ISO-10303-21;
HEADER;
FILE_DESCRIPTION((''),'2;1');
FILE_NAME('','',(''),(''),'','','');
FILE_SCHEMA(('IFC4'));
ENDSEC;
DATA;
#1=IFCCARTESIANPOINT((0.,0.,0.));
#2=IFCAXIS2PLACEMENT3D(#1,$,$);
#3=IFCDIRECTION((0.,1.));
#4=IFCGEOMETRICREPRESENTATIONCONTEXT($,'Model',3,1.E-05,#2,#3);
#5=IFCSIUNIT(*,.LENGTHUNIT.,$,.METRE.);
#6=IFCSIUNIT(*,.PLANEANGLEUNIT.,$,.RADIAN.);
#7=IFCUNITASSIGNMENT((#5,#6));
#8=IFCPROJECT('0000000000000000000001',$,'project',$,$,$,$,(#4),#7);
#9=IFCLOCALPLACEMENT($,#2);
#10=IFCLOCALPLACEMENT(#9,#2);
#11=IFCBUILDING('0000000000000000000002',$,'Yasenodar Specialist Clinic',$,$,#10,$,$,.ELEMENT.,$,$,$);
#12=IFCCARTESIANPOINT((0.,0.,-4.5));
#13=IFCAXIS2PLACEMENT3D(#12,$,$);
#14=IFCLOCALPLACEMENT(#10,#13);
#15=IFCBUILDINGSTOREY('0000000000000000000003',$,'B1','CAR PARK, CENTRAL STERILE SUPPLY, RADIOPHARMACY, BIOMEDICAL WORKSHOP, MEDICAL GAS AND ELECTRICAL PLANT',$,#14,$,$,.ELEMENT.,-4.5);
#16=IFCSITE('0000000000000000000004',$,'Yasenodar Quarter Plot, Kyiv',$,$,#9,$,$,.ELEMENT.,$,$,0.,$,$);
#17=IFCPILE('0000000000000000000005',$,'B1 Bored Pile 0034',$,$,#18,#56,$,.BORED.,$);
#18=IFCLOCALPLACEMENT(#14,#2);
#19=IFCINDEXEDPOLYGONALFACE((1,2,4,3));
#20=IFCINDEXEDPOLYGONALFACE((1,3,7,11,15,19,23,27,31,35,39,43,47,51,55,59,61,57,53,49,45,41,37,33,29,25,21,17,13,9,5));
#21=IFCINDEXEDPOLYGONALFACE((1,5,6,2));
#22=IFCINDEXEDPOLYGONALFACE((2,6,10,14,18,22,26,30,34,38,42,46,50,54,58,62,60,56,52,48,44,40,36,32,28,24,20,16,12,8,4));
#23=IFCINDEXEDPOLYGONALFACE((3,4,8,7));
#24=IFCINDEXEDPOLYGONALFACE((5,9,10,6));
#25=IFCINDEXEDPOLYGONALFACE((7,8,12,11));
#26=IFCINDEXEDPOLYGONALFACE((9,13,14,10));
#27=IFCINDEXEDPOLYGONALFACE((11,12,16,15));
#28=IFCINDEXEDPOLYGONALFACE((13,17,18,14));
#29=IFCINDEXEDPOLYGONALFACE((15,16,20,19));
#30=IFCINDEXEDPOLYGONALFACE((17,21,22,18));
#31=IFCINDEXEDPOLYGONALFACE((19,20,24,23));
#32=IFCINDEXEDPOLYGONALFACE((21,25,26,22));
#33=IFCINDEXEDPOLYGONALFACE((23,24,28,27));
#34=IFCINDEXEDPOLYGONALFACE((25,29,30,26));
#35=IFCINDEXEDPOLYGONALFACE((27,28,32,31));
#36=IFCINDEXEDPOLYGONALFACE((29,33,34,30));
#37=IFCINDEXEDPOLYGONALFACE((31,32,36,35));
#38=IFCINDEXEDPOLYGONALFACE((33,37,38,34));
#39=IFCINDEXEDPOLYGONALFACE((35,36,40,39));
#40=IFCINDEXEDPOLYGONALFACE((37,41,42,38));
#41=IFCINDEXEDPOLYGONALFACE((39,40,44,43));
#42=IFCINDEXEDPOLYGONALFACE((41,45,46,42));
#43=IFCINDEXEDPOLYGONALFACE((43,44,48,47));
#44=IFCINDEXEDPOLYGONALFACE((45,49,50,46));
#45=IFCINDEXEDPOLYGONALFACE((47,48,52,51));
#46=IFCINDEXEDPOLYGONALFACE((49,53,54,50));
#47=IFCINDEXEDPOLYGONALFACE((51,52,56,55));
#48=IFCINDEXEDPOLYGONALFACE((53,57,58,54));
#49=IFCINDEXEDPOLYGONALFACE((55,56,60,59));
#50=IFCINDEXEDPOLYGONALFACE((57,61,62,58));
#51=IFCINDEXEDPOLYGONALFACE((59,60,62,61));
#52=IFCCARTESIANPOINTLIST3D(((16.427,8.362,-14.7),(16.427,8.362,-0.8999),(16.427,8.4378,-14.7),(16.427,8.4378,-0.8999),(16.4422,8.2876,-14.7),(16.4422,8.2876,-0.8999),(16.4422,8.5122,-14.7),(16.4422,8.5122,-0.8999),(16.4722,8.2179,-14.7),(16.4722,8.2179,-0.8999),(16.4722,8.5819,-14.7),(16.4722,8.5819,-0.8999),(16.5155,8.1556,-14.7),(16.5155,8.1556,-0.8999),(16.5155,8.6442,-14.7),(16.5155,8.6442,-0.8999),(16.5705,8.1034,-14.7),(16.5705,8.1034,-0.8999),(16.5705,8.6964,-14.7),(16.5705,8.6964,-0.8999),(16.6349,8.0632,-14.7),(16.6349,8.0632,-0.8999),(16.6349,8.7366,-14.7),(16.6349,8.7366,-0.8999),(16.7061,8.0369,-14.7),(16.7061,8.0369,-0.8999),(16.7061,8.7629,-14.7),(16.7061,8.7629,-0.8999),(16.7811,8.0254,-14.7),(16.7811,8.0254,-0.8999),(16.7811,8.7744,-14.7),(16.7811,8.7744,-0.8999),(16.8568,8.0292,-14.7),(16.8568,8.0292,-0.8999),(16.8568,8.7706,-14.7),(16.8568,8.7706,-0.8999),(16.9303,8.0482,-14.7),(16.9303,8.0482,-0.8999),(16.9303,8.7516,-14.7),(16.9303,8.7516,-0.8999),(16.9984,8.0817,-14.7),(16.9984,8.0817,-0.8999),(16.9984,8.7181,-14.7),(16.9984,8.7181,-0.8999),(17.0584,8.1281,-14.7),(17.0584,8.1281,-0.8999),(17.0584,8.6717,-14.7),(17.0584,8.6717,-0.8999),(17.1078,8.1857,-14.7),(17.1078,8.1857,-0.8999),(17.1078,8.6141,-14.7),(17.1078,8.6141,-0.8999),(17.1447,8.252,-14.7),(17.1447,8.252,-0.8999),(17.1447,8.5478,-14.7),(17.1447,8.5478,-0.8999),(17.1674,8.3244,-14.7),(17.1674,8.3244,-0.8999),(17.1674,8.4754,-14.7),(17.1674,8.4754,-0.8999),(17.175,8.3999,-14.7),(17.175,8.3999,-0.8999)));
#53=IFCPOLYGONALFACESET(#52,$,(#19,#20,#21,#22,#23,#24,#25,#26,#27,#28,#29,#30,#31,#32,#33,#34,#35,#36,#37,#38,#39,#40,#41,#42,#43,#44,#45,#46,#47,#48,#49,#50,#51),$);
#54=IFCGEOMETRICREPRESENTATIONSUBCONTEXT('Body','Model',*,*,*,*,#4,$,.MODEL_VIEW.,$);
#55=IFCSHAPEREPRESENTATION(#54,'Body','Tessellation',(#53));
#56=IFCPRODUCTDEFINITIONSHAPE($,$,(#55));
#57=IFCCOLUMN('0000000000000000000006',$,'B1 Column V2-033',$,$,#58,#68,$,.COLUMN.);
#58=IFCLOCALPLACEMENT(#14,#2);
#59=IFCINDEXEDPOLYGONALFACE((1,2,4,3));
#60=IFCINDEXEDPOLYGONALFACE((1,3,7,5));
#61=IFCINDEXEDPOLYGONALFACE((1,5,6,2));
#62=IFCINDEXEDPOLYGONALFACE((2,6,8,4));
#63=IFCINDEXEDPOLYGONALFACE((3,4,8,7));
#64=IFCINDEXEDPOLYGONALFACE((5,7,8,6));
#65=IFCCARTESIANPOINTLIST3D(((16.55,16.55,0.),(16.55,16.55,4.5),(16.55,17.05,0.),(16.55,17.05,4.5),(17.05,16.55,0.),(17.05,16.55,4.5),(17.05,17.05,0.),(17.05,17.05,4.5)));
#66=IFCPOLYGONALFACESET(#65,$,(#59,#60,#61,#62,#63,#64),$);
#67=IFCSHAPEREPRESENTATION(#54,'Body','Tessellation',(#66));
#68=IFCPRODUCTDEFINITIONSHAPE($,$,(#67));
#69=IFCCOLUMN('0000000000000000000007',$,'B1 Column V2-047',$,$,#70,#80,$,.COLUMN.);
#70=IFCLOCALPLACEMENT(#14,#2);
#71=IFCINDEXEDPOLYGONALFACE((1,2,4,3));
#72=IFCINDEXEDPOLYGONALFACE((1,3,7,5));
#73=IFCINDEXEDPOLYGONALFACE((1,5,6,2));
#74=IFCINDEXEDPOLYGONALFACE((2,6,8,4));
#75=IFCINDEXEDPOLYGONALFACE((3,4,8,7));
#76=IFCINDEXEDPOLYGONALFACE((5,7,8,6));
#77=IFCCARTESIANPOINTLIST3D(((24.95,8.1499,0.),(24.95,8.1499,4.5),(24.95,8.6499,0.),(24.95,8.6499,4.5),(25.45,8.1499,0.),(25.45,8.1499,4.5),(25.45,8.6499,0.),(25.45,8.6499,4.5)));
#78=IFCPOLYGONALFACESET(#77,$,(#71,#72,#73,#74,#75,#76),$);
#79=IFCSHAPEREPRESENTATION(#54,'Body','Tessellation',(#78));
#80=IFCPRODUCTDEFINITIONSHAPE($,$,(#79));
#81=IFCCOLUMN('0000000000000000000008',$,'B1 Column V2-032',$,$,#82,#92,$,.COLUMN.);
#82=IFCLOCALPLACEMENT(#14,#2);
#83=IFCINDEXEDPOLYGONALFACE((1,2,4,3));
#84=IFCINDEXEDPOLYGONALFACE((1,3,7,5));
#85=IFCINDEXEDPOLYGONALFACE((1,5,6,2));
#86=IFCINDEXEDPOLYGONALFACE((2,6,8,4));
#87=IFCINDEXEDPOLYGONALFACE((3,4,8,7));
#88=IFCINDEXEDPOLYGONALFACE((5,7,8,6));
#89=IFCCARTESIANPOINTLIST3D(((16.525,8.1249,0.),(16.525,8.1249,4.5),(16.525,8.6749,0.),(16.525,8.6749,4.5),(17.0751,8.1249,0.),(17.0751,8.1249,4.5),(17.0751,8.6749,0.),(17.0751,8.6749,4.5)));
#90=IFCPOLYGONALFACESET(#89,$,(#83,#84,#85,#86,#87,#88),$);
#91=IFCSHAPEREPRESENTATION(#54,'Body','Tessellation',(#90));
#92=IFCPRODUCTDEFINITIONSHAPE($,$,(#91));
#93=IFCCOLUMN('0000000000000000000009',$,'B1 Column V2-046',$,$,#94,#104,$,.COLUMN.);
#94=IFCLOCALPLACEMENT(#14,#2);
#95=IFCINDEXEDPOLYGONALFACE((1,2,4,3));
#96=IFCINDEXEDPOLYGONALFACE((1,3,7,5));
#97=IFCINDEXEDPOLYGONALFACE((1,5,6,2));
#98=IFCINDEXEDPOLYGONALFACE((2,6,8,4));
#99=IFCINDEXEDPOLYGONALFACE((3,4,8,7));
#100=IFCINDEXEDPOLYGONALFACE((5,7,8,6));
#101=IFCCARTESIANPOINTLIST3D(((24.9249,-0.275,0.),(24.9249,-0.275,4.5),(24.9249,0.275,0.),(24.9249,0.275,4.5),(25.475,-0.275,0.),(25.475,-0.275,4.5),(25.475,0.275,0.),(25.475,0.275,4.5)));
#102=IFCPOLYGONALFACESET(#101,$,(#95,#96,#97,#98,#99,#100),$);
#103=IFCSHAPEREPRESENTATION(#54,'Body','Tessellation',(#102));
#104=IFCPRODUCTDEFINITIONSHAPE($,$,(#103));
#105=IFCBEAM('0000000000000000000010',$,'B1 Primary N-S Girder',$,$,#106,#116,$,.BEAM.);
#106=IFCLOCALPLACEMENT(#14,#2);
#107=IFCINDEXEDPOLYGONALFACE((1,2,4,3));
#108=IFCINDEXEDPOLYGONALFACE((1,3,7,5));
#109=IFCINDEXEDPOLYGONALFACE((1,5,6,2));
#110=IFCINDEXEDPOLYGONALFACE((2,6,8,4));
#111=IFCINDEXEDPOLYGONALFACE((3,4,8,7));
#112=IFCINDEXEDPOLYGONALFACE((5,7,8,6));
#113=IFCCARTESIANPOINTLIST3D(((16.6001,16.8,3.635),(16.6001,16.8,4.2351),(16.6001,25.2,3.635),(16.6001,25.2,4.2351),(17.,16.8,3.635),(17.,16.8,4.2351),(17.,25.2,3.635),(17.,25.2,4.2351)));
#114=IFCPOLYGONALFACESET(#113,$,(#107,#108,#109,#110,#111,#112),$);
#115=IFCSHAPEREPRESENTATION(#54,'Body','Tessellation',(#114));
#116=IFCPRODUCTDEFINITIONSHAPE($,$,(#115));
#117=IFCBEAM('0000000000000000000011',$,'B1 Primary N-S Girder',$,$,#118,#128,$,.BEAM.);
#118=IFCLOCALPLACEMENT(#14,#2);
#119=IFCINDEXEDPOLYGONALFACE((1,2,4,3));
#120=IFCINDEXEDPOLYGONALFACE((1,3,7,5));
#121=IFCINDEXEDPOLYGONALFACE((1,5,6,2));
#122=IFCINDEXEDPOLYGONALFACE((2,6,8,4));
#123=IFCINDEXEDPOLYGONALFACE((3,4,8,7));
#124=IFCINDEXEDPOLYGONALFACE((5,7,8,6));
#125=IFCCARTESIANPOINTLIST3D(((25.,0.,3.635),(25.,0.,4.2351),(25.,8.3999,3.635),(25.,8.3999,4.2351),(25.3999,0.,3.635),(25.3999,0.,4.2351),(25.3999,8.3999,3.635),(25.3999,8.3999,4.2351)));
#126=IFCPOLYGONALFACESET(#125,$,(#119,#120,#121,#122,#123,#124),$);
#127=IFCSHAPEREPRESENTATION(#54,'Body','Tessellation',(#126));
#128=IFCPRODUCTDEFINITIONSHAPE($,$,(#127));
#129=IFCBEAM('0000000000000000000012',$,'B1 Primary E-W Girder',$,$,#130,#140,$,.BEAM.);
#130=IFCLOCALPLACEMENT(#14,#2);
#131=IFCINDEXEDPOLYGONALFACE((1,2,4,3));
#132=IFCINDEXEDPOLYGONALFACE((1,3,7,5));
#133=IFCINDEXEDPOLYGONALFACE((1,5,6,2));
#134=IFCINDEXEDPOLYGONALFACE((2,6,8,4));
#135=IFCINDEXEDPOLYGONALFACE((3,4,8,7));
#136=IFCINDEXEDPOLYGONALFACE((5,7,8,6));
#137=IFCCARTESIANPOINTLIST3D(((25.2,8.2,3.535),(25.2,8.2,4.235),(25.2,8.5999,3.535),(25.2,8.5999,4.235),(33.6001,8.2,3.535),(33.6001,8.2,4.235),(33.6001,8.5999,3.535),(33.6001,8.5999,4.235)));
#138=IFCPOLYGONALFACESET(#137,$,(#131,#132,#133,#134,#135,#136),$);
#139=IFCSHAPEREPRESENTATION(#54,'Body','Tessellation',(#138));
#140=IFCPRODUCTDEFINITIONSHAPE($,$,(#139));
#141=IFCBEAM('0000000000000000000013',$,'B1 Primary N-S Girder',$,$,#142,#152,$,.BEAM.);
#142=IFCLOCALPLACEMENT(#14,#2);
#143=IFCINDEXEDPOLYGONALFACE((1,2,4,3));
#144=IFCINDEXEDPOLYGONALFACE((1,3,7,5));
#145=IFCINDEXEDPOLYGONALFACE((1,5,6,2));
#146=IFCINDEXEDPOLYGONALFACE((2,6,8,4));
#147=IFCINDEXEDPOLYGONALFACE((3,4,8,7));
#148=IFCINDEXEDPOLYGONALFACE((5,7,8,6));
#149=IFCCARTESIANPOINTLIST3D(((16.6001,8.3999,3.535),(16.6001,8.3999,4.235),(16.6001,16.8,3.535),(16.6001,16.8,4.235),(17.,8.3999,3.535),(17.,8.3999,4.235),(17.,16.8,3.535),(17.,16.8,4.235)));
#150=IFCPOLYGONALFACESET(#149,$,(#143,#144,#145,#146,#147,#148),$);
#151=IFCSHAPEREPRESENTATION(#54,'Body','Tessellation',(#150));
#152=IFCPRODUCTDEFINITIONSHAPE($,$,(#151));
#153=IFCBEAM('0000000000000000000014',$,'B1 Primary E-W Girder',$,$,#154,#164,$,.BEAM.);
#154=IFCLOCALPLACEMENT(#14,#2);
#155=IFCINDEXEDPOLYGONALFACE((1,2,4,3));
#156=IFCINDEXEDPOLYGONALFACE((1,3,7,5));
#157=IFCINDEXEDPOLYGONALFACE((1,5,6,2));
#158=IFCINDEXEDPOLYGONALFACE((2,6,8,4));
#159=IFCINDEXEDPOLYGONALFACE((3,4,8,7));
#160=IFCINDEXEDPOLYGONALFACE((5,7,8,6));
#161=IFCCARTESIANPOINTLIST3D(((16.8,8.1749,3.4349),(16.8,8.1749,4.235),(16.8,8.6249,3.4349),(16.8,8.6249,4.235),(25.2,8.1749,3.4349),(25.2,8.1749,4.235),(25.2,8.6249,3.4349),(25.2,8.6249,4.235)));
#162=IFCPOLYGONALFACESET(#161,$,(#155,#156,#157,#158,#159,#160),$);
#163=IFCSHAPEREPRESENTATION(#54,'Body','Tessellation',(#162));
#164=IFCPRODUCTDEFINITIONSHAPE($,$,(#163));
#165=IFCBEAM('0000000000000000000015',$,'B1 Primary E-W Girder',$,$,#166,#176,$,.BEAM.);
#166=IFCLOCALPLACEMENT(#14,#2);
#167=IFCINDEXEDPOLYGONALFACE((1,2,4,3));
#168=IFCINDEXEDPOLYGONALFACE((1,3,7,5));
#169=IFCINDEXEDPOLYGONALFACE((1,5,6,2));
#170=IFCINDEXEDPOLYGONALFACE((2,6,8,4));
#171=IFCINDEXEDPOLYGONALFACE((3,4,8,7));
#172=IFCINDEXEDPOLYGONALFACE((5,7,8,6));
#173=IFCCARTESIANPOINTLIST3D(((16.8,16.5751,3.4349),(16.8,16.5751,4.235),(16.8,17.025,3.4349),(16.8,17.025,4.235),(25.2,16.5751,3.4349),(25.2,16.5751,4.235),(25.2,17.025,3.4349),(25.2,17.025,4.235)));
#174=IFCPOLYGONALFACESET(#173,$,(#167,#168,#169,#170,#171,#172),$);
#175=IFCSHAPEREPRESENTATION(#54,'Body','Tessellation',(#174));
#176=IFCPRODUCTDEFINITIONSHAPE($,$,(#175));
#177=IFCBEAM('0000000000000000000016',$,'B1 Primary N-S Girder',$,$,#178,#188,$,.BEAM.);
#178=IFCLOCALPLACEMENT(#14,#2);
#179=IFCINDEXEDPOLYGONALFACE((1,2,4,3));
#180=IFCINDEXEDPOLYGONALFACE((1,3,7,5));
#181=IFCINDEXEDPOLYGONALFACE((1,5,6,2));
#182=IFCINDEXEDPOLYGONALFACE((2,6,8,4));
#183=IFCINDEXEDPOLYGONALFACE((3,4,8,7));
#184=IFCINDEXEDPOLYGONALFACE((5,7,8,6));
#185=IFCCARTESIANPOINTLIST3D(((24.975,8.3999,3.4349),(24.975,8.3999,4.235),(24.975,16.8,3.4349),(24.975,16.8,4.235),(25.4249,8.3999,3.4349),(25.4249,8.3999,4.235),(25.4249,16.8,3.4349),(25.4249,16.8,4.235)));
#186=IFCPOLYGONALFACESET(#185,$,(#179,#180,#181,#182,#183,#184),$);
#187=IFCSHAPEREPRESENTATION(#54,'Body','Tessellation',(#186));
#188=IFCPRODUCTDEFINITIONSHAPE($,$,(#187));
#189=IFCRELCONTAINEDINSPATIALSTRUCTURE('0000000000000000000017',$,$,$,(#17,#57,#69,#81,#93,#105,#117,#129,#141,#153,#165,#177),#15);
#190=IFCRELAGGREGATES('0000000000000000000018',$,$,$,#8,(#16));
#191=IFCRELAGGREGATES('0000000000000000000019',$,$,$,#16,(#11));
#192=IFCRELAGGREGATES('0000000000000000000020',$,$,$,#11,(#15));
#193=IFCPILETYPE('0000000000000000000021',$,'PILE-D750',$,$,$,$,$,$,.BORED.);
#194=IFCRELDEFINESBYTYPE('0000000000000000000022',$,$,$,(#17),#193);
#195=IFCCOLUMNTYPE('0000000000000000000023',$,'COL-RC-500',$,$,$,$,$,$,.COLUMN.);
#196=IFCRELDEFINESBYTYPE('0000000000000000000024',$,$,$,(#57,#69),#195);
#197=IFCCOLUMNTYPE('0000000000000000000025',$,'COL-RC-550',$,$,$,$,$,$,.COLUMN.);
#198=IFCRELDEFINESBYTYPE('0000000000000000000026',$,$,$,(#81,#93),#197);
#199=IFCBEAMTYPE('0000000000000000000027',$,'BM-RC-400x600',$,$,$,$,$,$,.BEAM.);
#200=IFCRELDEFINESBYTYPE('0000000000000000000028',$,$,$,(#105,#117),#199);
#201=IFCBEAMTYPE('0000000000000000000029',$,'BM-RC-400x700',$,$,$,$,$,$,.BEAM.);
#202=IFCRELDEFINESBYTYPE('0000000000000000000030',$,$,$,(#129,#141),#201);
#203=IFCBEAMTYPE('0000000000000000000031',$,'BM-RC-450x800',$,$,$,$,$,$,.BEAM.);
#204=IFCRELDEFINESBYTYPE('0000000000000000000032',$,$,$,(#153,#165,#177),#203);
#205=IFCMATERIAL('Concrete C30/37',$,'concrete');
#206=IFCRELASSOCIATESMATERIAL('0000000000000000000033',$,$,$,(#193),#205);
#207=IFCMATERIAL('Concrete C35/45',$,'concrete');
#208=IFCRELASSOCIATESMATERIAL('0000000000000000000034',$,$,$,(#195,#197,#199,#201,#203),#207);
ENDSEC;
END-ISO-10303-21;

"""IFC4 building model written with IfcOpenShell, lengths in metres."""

from ifc_helpers import new_model, si_unit, direction, frame, origin, origin_2d, place, context, subcontext, project, spatial, rectangle, circle, extrude, material, material_profile, profile_set, type_object, element, save


model = new_model("IFC4")

# Units and contexts
model_context = context("Model", 3, precision=1e-05, world=origin(), true_north=direction((0.0, 1.0)))
body_context = subcontext(model_context, "Body", "Model", "MODEL_VIEW")
ifc_project = project(units=[si_unit("LENGTHUNIT", "METRE"), si_unit("PLANEANGLEUNIT", "RADIAN")], contexts=[model_context])

# Site, building, storey
site_placement = place(None, origin())
site = spatial("IfcSite", under=ifc_project, at=site_placement, Name="Yasenodar Quarter Plot, Kyiv", CompositionType="ELEMENT", RefElevation=0.0)
building_placement = place(site_placement, origin())
building = spatial("IfcBuilding", under=site, at=building_placement, Name="Yasenodar Specialist Clinic", CompositionType="ELEMENT")
storey_placement = place(building_placement, frame((0.0, 0.0, -4.5)))
storey = spatial("IfcBuildingStorey", under=building, at=storey_placement, Name="B1", Description="CAR PARK, CENTRAL STERILE SUPPLY, RADIOPHARMACY, BIOMEDICAL WORKSHOP, MEDICAL GAS AND ELECTRICAL PLANT", CompositionType="ELEMENT", Elevation=-4.5)

# Shared definitions
ifc_material_1 = material(Name="Concrete C35/45", Category="concrete")

# Pile
ifc_material_2 = material(Name="Concrete C30/37", Category="concrete")
ifc_material_profile_1 = material_profile(ifc_material_2, circle(Radius=0.375, at=origin_2d()), Name="PILE D750")
ifc_profile_set_1 = profile_set([ifc_material_profile_1], Name="Concrete C30/37")
pile_type_1 = type_object("IfcPileType", Name="PILE-D750", PredefinedType="BORED", material=ifc_profile_set_1)
pile_placement = place(storey_placement, frame((16.8, 8.3999, -0.8999), z_axis=(0.0, 0.0, -1.0), x_axis=(1.0, 0.0, 0.0)))
element("IfcPile", 1, at=pile_placement, inside=storey, type_object=pile_type_1, Name="B1 Bored Pile 0034", PredefinedType="BORED", context=body_context, shape_type="SweptSolid", body=[
    extrude(circle(Radius=0.375, at=origin_2d()), origin(), (0.0, 0.0, 1.0), 13.8),
])

# Columns
ifc_material_profile_2 = material_profile(ifc_material_1, rectangle(XDim=0.5, YDim=0.5, at=origin_2d()), Name="RC 500x500")
ifc_profile_set_2 = profile_set([ifc_material_profile_2], Name="Concrete C35/45")
column_type_1 = type_object("IfcColumnType", Name="COL-RC-500", PredefinedType="COLUMN", material=ifc_profile_set_2)
for number, where, z_axis, x_axis, name in (
    (2, (16.8, 16.8, 0.0), (0.0, 0.0, 1.0), (1.0, 0.0, 0.0), "B1 Column V2-033"),
    (3, (25.2, 8.3999, 0.0), (0.0, 0.0, 1.0), (1.0, 0.0, 0.0), "B1 Column V2-047"),
):
    element("IfcColumn", number, at=place(storey_placement, frame(where, z_axis=z_axis, x_axis=x_axis)), inside=storey, type_object=column_type_1, Name=name, PredefinedType="COLUMN", context=body_context, shape_type="SweptSolid", body=[
        extrude(rectangle(XDim=0.5, YDim=0.5, at=origin_2d()), origin(), (0.0, 0.0, 1.0), 4.5),
    ])
ifc_material_profile_3 = material_profile(ifc_material_1, rectangle(XDim=0.55, YDim=0.55, at=origin_2d()), Name="RC 550x550")
ifc_profile_set_3 = profile_set([ifc_material_profile_3], Name="Concrete C35/45")
column_type_2 = type_object("IfcColumnType", Name="COL-RC-550", PredefinedType="COLUMN", material=ifc_profile_set_3)
for number, where, z_axis, x_axis, name in (
    (4, (16.8, 8.3999, 0.0), (0.0, 0.0, 1.0), (1.0, 0.0, 0.0), "B1 Column V2-032"),
    (5, (25.2, 0.0, 0.0), (0.0, 0.0, 1.0), (1.0, 0.0, 0.0), "B1 Column V2-046"),
):
    element("IfcColumn", number, at=place(storey_placement, frame(where, z_axis=z_axis, x_axis=x_axis)), inside=storey, type_object=column_type_2, Name=name, PredefinedType="COLUMN", context=body_context, shape_type="SweptSolid", body=[
        extrude(rectangle(XDim=0.55, YDim=0.55, at=origin_2d()), origin(), (0.0, 0.0, 1.0), 4.5),
    ])

# Beams
ifc_material_profile_4 = material_profile(ifc_material_1, rectangle(XDim=0.3999, YDim=0.6001, at=origin_2d()), Name="RC 400x600")
ifc_profile_set_4 = profile_set([ifc_material_profile_4], Name="Concrete C35/45")
beam_type_1 = type_object("IfcBeamType", Name="BM-RC-400x600", PredefinedType="BEAM", material=ifc_profile_set_4)
for number, where, z_axis, x_axis, name in (
    (6, (16.8, 16.8, 3.9351), (0.0, 1.0, 0.0), (-1.0, 0.0, 0.0), "B1 Primary N-S Girder"),
    (7, (25.2, 0.0, 3.9351), (0.0, 1.0, 0.0), (-1.0, 0.0, 0.0), "B1 Primary N-S Girder"),
):
    element("IfcBeam", number, at=place(storey_placement, frame(where, z_axis=z_axis, x_axis=x_axis)), inside=storey, type_object=beam_type_1, Name=name, PredefinedType="BEAM", context=body_context, shape_type="SweptSolid", body=[
        extrude(rectangle(XDim=0.3999, YDim=0.6001, at=origin_2d()), origin(), (0.0, 0.0, 1.0), 8.3999),
    ])
ifc_material_profile_5 = material_profile(ifc_material_1, rectangle(XDim=0.3999, YDim=0.7, at=origin_2d()), Name="RC 400x700")
ifc_profile_set_5 = profile_set([ifc_material_profile_5], Name="Concrete C35/45")
beam_type_2 = type_object("IfcBeamType", Name="BM-RC-400x700", PredefinedType="BEAM", material=ifc_profile_set_5)
for number, where, z_axis, x_axis, name in (
    (8, (25.2, 8.3999, 3.885), (1.0, 0.0, 0.0), (0.0, 1.0, 0.0), "B1 Primary E-W Girder"),
    (9, (16.8, 8.3999, 3.885), (0.0, 1.0, 0.0), (-1.0, 0.0, 0.0), "B1 Primary N-S Girder"),
):
    element("IfcBeam", number, at=place(storey_placement, frame(where, z_axis=z_axis, x_axis=x_axis)), inside=storey, type_object=beam_type_2, Name=name, PredefinedType="BEAM", context=body_context, shape_type="SweptSolid", body=[
        extrude(rectangle(XDim=0.3999, YDim=0.7, at=origin_2d()), origin(), (0.0, 0.0, 1.0), 8.4001),
    ])
ifc_material_profile_6 = material_profile(ifc_material_1, rectangle(XDim=0.45, YDim=0.8, at=origin_2d()), Name="RC 450x800")
ifc_profile_set_6 = profile_set([ifc_material_profile_6], Name="Concrete C35/45")
beam_type_3 = type_object("IfcBeamType", Name="BM-RC-450x800", PredefinedType="BEAM", material=ifc_profile_set_6)
for number, where, z_axis, x_axis, name in (
    (10, (16.8, 8.3999, 3.835), (1.0, 0.0, 0.0), (0.0, 1.0, 0.0), "B1 Primary E-W Girder"),
    (11, (16.8, 16.8, 3.835), (1.0, 0.0, 0.0), (0.0, 1.0, 0.0), "B1 Primary E-W Girder"),
):
    element("IfcBeam", number, at=place(storey_placement, frame(where, z_axis=z_axis, x_axis=x_axis)), inside=storey, type_object=beam_type_3, Name=name, PredefinedType="BEAM", context=body_context, shape_type="SweptSolid", body=[
        extrude(rectangle(XDim=0.45, YDim=0.8, at=origin_2d()), origin(), (0.0, 0.0, 1.0), 8.3999),
    ])
beam_1_placement = place(storey_placement, frame((25.2, 8.3999, 3.835), z_axis=(0.0, 1.0, 0.0), x_axis=(-1.0, 0.0, 0.0)))
element("IfcBeam", 12, at=beam_1_placement, inside=storey, type_object=beam_type_3, Name="B1 Primary N-S Girder", PredefinedType="BEAM", context=body_context, shape_type="SweptSolid", body=[
    extrude(rectangle(XDim=0.45, YDim=0.8, at=origin_2d()), origin(), (0.0, 0.0, 1.0), 8.4001),
])

save(model, "model.ifc")
